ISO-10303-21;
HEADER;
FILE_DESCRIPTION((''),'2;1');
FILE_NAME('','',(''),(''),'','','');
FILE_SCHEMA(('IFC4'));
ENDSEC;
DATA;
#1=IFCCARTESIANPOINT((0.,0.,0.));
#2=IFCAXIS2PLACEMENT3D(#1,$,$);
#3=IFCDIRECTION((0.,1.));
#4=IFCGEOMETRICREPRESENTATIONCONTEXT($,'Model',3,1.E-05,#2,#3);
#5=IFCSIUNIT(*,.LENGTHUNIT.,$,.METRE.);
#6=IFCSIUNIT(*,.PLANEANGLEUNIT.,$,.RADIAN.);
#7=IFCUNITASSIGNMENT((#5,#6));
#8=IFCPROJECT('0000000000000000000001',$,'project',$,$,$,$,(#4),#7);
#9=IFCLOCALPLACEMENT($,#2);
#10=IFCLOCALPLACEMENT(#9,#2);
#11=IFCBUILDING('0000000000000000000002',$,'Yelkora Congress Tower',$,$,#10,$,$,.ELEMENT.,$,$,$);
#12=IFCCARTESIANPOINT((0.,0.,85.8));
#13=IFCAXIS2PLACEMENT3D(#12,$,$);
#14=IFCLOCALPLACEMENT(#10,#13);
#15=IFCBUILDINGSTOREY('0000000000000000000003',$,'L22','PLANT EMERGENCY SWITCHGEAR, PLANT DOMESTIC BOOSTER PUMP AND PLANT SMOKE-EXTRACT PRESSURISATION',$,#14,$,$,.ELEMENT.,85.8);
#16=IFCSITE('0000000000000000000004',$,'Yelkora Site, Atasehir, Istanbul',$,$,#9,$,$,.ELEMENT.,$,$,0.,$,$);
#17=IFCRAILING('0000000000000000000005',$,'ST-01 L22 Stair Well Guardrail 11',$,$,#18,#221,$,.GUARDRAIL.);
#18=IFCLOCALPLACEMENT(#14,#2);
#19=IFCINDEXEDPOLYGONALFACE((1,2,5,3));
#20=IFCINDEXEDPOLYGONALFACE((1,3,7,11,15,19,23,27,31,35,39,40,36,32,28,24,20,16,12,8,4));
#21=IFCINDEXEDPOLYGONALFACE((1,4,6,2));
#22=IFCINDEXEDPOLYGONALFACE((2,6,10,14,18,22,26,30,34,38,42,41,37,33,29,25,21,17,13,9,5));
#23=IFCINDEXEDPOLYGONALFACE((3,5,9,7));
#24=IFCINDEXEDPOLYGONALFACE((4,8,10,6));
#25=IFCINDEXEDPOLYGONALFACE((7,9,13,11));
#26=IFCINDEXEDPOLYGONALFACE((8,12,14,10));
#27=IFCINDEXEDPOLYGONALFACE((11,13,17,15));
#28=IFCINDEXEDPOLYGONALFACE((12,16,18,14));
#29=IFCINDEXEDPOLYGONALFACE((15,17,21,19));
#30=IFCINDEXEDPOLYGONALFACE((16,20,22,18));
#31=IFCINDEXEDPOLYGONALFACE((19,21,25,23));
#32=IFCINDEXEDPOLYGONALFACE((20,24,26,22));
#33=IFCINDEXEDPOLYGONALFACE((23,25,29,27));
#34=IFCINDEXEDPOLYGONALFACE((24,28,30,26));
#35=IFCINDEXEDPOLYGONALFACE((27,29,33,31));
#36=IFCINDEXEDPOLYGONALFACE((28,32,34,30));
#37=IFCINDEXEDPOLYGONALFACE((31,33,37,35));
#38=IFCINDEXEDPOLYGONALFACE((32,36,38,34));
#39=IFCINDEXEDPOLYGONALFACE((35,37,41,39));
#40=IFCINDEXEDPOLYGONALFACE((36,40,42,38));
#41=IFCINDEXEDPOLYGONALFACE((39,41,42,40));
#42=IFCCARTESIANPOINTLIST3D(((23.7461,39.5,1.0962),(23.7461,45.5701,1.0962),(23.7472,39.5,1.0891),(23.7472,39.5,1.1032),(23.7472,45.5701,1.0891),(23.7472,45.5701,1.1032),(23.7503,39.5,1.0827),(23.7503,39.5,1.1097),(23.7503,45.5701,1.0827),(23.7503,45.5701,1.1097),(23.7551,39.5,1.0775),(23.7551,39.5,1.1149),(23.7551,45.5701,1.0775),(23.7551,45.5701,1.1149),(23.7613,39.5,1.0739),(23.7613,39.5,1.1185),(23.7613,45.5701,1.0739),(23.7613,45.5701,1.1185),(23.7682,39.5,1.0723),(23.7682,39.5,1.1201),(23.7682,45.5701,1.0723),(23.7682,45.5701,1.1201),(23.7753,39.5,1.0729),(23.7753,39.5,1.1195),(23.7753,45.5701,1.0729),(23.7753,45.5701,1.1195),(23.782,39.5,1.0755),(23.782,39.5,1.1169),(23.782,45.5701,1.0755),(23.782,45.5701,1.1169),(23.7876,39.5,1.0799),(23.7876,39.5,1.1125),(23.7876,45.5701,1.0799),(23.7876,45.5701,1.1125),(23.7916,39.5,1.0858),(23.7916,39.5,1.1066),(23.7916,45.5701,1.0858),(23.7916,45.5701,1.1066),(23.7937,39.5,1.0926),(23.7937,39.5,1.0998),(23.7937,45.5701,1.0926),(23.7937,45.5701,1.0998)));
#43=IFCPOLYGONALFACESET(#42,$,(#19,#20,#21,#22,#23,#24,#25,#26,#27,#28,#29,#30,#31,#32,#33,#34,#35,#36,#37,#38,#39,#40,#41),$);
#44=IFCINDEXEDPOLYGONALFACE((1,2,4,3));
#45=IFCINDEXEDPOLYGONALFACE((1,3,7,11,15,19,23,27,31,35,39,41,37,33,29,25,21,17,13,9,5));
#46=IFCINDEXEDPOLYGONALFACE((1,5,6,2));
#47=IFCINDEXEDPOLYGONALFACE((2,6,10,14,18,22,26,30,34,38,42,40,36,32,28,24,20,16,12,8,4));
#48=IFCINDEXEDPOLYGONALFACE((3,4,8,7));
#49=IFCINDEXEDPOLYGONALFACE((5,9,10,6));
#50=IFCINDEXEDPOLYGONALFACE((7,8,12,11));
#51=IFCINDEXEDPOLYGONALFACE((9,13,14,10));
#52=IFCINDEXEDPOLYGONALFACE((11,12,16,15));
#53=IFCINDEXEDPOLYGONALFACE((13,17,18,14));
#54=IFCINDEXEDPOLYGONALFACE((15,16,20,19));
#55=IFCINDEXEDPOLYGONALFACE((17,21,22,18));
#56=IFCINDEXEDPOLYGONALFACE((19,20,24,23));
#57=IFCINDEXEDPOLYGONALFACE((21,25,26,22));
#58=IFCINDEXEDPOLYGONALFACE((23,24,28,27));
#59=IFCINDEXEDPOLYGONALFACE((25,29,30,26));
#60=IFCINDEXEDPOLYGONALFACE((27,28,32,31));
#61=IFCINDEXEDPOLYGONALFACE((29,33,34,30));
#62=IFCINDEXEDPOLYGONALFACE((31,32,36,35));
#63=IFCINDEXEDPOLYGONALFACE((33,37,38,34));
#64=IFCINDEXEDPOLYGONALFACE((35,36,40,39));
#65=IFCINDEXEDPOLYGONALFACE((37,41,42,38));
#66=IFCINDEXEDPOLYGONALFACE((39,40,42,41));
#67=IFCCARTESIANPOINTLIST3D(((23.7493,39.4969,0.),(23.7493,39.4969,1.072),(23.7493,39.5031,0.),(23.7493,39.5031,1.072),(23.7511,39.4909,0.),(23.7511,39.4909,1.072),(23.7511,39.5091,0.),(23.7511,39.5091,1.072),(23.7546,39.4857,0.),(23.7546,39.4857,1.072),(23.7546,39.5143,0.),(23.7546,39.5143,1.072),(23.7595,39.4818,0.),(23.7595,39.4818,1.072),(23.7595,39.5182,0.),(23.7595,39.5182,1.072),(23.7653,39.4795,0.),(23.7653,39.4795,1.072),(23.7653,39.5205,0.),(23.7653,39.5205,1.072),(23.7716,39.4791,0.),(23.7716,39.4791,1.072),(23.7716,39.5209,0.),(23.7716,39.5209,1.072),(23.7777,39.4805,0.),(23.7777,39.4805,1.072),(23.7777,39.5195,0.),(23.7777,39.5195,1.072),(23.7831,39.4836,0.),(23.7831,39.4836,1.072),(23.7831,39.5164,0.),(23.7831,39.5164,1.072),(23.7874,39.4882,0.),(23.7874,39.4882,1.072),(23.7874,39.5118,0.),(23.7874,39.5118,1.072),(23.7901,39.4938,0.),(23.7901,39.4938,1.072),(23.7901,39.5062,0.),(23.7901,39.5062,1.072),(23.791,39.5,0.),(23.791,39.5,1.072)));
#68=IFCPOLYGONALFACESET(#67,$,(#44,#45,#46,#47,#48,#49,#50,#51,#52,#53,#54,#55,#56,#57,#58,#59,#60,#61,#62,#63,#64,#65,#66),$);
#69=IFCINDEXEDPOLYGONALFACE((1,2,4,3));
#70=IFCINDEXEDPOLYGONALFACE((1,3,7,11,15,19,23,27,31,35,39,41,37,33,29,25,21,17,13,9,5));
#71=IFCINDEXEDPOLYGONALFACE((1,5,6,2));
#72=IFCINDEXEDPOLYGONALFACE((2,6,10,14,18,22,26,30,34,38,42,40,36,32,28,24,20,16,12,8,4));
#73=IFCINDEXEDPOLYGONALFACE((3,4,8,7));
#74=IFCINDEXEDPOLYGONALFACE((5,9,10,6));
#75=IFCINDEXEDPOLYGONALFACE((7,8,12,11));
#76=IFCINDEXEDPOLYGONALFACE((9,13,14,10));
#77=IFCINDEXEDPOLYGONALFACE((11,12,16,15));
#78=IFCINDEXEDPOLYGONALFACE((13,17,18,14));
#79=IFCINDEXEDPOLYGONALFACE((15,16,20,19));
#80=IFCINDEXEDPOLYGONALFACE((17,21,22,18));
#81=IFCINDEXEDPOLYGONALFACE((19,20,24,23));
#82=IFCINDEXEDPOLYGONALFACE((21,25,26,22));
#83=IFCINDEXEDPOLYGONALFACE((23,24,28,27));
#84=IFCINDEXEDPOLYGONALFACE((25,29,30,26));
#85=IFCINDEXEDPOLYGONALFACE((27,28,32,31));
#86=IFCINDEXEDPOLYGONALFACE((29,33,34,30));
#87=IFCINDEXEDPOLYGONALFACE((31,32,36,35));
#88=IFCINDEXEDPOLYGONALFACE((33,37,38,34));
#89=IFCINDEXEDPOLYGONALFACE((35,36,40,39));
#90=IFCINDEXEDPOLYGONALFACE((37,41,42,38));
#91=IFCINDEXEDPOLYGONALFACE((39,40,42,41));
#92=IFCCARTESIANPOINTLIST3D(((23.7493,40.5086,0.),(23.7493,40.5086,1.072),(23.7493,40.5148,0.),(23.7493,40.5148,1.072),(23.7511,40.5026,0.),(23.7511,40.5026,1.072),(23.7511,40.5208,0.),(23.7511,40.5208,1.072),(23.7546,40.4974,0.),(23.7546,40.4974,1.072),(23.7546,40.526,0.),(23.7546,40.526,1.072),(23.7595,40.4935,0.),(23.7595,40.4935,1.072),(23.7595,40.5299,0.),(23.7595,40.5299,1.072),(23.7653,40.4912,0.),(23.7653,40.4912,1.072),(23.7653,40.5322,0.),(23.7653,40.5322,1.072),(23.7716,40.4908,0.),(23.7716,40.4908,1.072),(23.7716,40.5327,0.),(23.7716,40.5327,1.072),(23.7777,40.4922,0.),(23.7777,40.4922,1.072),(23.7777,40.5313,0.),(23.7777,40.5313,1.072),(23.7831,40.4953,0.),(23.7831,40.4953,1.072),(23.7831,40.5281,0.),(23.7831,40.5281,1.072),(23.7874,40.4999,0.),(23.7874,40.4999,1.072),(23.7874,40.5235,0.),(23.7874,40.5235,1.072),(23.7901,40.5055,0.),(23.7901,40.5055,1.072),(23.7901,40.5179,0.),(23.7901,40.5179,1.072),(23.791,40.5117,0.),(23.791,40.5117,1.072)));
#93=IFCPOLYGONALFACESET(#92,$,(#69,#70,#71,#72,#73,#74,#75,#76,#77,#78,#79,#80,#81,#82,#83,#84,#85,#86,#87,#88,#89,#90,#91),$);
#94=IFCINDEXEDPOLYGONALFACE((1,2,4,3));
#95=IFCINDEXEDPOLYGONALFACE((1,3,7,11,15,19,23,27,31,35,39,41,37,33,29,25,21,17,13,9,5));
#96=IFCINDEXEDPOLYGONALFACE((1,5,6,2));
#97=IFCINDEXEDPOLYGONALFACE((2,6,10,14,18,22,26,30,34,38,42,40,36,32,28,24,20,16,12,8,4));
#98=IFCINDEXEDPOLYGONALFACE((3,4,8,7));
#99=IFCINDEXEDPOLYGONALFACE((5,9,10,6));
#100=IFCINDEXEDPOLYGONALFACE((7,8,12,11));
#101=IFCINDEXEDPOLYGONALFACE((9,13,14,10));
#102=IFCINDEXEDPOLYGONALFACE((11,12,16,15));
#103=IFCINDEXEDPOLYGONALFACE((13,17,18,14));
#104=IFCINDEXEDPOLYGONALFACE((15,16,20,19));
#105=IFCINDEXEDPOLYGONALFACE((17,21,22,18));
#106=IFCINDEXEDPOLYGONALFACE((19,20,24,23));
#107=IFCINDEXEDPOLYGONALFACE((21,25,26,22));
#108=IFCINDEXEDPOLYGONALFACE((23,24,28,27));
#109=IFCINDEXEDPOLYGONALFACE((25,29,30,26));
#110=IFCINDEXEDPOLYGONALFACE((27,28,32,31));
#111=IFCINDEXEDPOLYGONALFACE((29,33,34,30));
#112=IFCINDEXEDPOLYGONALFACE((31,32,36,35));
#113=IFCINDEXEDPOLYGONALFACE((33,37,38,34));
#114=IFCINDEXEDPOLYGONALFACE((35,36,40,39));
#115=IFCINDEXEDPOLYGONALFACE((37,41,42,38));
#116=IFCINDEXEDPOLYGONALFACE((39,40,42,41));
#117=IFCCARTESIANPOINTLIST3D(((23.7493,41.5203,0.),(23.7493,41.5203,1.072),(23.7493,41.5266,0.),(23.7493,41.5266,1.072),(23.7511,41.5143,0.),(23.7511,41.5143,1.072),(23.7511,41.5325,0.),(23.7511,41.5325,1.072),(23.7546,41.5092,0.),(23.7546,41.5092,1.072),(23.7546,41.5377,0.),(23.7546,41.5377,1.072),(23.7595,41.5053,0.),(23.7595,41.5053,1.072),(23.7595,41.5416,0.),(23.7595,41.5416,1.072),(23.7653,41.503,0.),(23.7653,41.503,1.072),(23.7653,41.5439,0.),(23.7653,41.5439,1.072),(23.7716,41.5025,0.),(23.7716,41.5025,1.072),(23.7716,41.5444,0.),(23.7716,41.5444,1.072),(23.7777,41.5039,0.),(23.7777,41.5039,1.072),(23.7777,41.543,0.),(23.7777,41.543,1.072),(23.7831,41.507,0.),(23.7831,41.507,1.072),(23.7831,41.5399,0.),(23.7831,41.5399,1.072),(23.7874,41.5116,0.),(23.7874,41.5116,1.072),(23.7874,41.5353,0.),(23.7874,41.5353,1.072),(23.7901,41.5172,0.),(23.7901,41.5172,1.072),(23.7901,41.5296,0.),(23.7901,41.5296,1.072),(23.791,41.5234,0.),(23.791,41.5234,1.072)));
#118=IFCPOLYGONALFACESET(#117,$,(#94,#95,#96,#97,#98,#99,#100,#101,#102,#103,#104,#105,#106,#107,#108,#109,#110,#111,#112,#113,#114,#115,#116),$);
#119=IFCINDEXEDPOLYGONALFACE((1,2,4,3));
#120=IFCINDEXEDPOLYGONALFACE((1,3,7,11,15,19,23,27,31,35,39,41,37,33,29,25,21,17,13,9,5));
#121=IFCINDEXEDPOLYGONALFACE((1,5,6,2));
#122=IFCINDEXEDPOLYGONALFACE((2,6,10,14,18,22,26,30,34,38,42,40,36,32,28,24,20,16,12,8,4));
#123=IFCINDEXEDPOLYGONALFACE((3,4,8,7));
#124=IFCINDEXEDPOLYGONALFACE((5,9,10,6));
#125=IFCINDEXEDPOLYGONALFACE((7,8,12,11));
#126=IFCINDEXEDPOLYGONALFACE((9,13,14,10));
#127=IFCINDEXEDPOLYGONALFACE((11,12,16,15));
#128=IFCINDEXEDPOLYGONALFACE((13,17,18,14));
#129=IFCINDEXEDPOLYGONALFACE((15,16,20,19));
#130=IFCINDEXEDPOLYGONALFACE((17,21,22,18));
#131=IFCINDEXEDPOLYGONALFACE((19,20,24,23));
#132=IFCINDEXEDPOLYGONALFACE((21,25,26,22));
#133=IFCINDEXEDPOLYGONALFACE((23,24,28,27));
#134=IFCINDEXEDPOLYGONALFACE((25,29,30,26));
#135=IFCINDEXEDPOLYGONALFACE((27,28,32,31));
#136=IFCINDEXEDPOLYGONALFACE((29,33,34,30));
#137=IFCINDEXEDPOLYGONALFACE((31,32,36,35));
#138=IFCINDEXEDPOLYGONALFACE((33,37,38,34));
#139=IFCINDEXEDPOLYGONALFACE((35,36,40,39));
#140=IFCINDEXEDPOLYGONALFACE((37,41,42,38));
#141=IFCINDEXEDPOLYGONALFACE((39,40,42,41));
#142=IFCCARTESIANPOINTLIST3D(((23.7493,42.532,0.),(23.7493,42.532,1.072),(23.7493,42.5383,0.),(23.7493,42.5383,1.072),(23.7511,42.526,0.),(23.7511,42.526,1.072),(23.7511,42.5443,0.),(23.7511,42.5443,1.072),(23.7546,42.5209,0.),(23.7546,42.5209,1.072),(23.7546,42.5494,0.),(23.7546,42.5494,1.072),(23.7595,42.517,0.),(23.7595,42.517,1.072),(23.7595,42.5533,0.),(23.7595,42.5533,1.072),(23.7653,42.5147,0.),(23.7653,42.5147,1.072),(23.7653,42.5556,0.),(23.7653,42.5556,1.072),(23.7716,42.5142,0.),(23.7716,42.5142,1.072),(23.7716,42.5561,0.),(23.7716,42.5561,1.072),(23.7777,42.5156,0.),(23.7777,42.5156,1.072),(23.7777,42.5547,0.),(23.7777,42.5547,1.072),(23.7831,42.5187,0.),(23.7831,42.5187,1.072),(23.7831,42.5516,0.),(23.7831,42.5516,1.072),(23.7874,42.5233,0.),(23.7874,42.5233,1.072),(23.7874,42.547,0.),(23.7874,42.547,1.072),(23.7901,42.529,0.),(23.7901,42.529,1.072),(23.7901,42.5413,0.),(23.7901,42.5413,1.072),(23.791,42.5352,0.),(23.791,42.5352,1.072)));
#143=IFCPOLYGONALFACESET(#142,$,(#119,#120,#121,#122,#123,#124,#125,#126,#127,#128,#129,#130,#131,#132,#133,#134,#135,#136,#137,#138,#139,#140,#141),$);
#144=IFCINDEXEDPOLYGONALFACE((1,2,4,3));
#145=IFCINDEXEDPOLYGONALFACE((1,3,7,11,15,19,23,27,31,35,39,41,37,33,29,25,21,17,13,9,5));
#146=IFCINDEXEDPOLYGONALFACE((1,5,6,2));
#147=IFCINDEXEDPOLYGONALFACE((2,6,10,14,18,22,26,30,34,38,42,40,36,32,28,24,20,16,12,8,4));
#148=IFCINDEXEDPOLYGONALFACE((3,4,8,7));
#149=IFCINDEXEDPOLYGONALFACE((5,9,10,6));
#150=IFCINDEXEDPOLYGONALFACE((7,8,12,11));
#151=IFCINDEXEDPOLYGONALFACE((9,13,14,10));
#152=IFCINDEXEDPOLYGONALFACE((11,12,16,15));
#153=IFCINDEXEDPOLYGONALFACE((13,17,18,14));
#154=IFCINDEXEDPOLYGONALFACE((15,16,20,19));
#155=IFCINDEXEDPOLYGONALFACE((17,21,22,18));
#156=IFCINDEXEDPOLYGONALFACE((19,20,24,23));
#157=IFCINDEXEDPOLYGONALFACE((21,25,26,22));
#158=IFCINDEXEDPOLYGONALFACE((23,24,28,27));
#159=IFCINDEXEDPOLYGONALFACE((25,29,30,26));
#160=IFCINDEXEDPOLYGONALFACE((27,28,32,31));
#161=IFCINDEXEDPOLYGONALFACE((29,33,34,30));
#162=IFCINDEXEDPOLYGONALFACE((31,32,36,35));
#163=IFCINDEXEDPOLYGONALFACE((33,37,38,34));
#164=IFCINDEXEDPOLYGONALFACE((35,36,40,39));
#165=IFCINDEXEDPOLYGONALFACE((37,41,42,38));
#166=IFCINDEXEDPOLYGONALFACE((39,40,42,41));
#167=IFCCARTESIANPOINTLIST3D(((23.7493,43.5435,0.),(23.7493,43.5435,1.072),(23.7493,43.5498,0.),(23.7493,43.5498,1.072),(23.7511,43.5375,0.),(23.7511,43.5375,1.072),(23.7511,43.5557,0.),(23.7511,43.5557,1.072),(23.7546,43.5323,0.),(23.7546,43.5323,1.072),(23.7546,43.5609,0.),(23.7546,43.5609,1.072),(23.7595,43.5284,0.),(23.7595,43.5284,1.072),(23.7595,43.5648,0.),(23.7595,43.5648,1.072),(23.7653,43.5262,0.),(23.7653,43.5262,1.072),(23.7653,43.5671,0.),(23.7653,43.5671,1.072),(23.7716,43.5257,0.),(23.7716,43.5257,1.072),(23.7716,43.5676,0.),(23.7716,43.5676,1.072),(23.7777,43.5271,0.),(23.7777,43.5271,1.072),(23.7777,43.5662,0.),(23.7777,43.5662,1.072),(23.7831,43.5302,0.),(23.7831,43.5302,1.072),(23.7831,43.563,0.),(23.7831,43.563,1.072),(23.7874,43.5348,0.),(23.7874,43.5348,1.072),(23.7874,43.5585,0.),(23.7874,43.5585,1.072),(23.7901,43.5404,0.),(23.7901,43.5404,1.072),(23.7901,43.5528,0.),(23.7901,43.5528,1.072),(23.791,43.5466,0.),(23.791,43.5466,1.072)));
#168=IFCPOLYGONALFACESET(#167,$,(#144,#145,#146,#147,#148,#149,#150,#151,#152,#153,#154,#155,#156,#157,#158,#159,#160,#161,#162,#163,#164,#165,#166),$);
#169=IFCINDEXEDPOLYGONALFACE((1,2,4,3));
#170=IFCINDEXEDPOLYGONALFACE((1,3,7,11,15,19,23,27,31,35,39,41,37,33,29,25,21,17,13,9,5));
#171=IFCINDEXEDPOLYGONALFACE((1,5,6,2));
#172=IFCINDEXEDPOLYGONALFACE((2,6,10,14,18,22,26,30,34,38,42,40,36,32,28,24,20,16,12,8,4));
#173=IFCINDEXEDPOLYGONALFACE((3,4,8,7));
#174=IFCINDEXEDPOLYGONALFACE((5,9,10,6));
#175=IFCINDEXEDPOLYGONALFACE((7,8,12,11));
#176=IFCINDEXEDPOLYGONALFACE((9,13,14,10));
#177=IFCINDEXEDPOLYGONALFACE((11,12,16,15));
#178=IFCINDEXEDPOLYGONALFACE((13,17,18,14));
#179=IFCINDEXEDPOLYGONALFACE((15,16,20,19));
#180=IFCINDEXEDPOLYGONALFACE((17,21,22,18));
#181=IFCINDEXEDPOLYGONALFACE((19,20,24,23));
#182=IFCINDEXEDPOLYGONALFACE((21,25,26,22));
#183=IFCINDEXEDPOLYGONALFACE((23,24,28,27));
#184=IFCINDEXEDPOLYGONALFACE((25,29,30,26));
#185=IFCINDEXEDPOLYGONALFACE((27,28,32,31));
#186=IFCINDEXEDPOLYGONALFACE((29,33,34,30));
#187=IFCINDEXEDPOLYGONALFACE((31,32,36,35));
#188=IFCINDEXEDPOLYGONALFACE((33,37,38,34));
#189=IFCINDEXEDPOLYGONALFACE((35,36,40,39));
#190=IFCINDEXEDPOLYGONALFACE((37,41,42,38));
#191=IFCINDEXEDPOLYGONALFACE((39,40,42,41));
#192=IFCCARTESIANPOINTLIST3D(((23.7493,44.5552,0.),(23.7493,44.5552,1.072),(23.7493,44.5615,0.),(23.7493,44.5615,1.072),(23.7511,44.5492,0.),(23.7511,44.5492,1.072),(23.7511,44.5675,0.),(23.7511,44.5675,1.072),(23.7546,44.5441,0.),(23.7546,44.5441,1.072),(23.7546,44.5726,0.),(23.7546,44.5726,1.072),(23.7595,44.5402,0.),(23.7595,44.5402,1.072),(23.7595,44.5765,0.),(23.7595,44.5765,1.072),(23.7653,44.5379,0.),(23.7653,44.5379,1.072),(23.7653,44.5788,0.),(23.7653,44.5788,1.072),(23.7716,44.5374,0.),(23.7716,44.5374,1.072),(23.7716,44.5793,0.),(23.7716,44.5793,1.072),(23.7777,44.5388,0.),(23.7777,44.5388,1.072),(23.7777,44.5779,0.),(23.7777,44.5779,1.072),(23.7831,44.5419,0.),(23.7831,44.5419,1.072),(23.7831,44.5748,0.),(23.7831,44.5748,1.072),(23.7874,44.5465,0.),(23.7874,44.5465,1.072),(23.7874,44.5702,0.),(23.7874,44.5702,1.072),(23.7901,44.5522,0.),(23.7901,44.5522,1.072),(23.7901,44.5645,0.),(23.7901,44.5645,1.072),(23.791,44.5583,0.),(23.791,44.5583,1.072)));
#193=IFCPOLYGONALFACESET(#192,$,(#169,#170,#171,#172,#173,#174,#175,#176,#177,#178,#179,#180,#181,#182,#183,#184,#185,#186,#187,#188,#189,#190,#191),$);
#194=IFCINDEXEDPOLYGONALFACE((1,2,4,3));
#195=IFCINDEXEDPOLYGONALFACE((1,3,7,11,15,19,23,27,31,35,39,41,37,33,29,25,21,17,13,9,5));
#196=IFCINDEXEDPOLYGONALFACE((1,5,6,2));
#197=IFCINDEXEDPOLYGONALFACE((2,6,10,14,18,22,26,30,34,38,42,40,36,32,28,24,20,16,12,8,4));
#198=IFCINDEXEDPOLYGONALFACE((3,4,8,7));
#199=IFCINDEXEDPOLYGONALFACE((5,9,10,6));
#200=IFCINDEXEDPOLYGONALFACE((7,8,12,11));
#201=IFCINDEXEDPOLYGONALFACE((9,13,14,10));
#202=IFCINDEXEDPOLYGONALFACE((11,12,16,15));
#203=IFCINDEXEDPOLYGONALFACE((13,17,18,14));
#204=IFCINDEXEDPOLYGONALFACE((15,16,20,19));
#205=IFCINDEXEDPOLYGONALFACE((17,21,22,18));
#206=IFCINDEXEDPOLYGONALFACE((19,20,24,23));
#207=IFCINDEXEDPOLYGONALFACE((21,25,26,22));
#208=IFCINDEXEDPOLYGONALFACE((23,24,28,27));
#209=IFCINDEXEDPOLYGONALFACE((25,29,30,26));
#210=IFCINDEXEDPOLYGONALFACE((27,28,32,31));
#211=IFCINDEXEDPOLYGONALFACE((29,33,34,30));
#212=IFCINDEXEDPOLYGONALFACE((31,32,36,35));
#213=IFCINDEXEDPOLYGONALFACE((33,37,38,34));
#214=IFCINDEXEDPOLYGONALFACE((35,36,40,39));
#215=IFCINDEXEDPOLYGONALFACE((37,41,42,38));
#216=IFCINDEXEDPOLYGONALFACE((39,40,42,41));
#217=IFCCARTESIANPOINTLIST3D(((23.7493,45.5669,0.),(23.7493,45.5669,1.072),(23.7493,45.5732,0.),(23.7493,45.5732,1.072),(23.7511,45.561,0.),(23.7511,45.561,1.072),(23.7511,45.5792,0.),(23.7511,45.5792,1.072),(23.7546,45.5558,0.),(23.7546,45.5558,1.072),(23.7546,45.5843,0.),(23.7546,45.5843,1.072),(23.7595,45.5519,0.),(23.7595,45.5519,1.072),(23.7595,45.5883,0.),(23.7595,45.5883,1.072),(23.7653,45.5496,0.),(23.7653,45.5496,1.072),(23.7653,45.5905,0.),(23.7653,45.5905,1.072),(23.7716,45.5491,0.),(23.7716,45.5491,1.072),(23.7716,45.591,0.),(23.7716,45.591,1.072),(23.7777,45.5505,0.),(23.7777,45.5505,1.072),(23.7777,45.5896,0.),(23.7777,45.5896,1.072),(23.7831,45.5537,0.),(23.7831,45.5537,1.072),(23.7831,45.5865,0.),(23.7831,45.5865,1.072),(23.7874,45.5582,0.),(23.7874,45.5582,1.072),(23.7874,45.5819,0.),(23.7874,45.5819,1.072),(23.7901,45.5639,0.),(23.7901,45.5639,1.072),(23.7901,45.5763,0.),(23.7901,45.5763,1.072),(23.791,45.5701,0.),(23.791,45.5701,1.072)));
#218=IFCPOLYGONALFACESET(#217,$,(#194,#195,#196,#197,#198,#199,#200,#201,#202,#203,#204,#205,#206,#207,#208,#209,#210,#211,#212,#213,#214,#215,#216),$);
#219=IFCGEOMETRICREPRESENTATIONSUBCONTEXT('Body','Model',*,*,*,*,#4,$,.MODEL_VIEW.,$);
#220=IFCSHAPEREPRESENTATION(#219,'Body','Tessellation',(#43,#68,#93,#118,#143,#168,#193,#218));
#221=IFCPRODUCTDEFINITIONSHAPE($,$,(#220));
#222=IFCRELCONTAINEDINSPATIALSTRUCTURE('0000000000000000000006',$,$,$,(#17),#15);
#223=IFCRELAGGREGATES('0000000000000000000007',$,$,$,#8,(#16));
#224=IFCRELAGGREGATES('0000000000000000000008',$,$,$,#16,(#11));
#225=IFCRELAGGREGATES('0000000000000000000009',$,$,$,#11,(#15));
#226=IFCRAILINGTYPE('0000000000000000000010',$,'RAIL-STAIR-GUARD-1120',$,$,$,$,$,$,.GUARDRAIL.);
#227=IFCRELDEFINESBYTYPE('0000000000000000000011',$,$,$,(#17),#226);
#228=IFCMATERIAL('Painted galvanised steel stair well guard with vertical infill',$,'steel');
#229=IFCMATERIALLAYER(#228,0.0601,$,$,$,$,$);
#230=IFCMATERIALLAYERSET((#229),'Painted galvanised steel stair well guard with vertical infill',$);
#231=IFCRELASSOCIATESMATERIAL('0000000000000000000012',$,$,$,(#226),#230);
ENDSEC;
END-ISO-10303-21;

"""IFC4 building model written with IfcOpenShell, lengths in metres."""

from ifc_helpers import new_model, si_unit, direction, frame, origin, origin_2d, place, context, subcontext, project, spatial, circle, extrude, material, layer, layer_set, type_object, element, save


model = new_model("IFC4")

# Units and contexts
model_context = context("Model", 3, precision=1e-05, world=origin(), true_north=direction((0.0, 1.0)))
body_context = subcontext(model_context, "Body", "Model", "MODEL_VIEW")
ifc_project = project(units=[si_unit("LENGTHUNIT", "METRE"), si_unit("PLANEANGLEUNIT", "RADIAN")], contexts=[model_context])

# Site, building, storey
site_placement = place(None, origin())
site = spatial("IfcSite", under=ifc_project, at=site_placement, Name="Yelkora Site, Atasehir, Istanbul", CompositionType="ELEMENT", RefElevation=0.0)
building_placement = place(site_placement, origin())
building = spatial("IfcBuilding", under=site, at=building_placement, Name="Yelkora Congress Tower", CompositionType="ELEMENT")
storey_placement = place(building_placement, frame((0.0, 0.0, 85.8)))
storey = spatial("IfcBuildingStorey", under=building, at=storey_placement, Name="L22", Description="PLANT EMERGENCY SWITCHGEAR, PLANT DOMESTIC BOOSTER PUMP AND PLANT SMOKE-EXTRACT PRESSURISATION", CompositionType="ELEMENT", Elevation=85.8)

# Railing
ifc_material_1 = material(Name="Painted galvanised steel stair well guard with vertical infill", Category="steel")
ifc_layer_1 = layer(ifc_material_1, 0.0601)
ifc_layer_set_1 = layer_set([ifc_layer_1], Name="Painted galvanised steel stair well guard with vertical infill")
railing_type_1 = type_object("IfcRailingType", Name="RAIL-STAIR-GUARD-1120", PredefinedType="GUARDRAIL", material=ifc_layer_set_1)
railing_1_placement = place(storey_placement, frame((23.77, 39.5, 0.0)))
element("IfcRailing", 1, at=railing_1_placement, inside=storey, type_object=railing_type_1, Name="ST-01 L22 Stair Well Guardrail 11", PredefinedType="GUARDRAIL", context=body_context, shape_type="SweptSolid", body=[
    extrude(circle(Radius=0.0239, at=origin_2d()), frame((0.0, 0.0, 1.0962), z_axis=(0.0, 1.0, 0.0), x_axis=(-1.0, 0.0, 0.0)), (0.0, 0.0, 1.0), 6.0701),
    extrude(circle(Radius=0.021, at=origin_2d()), origin(), (0.0, 0.0, 1.0), 1.072),
    extrude(circle(Radius=0.021, at=origin_2d()), frame((0.0, 1.0117, 0.0)), (0.0, 0.0, 1.0), 1.072),
    extrude(circle(Radius=0.021, at=origin_2d()), frame((0.0, 2.0234, 0.0)), (0.0, 0.0, 1.0), 1.072),
    extrude(circle(Radius=0.021, at=origin_2d()), frame((0.0, 3.0352, 0.0)), (0.0, 0.0, 1.0), 1.072),
    extrude(circle(Radius=0.021, at=origin_2d()), frame((0.0, 4.0466, 0.0)), (0.0, 0.0, 1.0), 1.072),
    extrude(circle(Radius=0.021, at=origin_2d()), frame((0.0, 5.0583, 0.0)), (0.0, 0.0, 1.0), 1.072),
    extrude(circle(Radius=0.021, at=origin_2d()), frame((0.0, 6.0701, 0.0)), (0.0, 0.0, 1.0), 1.072),
])

save(model, "model.ifc")
